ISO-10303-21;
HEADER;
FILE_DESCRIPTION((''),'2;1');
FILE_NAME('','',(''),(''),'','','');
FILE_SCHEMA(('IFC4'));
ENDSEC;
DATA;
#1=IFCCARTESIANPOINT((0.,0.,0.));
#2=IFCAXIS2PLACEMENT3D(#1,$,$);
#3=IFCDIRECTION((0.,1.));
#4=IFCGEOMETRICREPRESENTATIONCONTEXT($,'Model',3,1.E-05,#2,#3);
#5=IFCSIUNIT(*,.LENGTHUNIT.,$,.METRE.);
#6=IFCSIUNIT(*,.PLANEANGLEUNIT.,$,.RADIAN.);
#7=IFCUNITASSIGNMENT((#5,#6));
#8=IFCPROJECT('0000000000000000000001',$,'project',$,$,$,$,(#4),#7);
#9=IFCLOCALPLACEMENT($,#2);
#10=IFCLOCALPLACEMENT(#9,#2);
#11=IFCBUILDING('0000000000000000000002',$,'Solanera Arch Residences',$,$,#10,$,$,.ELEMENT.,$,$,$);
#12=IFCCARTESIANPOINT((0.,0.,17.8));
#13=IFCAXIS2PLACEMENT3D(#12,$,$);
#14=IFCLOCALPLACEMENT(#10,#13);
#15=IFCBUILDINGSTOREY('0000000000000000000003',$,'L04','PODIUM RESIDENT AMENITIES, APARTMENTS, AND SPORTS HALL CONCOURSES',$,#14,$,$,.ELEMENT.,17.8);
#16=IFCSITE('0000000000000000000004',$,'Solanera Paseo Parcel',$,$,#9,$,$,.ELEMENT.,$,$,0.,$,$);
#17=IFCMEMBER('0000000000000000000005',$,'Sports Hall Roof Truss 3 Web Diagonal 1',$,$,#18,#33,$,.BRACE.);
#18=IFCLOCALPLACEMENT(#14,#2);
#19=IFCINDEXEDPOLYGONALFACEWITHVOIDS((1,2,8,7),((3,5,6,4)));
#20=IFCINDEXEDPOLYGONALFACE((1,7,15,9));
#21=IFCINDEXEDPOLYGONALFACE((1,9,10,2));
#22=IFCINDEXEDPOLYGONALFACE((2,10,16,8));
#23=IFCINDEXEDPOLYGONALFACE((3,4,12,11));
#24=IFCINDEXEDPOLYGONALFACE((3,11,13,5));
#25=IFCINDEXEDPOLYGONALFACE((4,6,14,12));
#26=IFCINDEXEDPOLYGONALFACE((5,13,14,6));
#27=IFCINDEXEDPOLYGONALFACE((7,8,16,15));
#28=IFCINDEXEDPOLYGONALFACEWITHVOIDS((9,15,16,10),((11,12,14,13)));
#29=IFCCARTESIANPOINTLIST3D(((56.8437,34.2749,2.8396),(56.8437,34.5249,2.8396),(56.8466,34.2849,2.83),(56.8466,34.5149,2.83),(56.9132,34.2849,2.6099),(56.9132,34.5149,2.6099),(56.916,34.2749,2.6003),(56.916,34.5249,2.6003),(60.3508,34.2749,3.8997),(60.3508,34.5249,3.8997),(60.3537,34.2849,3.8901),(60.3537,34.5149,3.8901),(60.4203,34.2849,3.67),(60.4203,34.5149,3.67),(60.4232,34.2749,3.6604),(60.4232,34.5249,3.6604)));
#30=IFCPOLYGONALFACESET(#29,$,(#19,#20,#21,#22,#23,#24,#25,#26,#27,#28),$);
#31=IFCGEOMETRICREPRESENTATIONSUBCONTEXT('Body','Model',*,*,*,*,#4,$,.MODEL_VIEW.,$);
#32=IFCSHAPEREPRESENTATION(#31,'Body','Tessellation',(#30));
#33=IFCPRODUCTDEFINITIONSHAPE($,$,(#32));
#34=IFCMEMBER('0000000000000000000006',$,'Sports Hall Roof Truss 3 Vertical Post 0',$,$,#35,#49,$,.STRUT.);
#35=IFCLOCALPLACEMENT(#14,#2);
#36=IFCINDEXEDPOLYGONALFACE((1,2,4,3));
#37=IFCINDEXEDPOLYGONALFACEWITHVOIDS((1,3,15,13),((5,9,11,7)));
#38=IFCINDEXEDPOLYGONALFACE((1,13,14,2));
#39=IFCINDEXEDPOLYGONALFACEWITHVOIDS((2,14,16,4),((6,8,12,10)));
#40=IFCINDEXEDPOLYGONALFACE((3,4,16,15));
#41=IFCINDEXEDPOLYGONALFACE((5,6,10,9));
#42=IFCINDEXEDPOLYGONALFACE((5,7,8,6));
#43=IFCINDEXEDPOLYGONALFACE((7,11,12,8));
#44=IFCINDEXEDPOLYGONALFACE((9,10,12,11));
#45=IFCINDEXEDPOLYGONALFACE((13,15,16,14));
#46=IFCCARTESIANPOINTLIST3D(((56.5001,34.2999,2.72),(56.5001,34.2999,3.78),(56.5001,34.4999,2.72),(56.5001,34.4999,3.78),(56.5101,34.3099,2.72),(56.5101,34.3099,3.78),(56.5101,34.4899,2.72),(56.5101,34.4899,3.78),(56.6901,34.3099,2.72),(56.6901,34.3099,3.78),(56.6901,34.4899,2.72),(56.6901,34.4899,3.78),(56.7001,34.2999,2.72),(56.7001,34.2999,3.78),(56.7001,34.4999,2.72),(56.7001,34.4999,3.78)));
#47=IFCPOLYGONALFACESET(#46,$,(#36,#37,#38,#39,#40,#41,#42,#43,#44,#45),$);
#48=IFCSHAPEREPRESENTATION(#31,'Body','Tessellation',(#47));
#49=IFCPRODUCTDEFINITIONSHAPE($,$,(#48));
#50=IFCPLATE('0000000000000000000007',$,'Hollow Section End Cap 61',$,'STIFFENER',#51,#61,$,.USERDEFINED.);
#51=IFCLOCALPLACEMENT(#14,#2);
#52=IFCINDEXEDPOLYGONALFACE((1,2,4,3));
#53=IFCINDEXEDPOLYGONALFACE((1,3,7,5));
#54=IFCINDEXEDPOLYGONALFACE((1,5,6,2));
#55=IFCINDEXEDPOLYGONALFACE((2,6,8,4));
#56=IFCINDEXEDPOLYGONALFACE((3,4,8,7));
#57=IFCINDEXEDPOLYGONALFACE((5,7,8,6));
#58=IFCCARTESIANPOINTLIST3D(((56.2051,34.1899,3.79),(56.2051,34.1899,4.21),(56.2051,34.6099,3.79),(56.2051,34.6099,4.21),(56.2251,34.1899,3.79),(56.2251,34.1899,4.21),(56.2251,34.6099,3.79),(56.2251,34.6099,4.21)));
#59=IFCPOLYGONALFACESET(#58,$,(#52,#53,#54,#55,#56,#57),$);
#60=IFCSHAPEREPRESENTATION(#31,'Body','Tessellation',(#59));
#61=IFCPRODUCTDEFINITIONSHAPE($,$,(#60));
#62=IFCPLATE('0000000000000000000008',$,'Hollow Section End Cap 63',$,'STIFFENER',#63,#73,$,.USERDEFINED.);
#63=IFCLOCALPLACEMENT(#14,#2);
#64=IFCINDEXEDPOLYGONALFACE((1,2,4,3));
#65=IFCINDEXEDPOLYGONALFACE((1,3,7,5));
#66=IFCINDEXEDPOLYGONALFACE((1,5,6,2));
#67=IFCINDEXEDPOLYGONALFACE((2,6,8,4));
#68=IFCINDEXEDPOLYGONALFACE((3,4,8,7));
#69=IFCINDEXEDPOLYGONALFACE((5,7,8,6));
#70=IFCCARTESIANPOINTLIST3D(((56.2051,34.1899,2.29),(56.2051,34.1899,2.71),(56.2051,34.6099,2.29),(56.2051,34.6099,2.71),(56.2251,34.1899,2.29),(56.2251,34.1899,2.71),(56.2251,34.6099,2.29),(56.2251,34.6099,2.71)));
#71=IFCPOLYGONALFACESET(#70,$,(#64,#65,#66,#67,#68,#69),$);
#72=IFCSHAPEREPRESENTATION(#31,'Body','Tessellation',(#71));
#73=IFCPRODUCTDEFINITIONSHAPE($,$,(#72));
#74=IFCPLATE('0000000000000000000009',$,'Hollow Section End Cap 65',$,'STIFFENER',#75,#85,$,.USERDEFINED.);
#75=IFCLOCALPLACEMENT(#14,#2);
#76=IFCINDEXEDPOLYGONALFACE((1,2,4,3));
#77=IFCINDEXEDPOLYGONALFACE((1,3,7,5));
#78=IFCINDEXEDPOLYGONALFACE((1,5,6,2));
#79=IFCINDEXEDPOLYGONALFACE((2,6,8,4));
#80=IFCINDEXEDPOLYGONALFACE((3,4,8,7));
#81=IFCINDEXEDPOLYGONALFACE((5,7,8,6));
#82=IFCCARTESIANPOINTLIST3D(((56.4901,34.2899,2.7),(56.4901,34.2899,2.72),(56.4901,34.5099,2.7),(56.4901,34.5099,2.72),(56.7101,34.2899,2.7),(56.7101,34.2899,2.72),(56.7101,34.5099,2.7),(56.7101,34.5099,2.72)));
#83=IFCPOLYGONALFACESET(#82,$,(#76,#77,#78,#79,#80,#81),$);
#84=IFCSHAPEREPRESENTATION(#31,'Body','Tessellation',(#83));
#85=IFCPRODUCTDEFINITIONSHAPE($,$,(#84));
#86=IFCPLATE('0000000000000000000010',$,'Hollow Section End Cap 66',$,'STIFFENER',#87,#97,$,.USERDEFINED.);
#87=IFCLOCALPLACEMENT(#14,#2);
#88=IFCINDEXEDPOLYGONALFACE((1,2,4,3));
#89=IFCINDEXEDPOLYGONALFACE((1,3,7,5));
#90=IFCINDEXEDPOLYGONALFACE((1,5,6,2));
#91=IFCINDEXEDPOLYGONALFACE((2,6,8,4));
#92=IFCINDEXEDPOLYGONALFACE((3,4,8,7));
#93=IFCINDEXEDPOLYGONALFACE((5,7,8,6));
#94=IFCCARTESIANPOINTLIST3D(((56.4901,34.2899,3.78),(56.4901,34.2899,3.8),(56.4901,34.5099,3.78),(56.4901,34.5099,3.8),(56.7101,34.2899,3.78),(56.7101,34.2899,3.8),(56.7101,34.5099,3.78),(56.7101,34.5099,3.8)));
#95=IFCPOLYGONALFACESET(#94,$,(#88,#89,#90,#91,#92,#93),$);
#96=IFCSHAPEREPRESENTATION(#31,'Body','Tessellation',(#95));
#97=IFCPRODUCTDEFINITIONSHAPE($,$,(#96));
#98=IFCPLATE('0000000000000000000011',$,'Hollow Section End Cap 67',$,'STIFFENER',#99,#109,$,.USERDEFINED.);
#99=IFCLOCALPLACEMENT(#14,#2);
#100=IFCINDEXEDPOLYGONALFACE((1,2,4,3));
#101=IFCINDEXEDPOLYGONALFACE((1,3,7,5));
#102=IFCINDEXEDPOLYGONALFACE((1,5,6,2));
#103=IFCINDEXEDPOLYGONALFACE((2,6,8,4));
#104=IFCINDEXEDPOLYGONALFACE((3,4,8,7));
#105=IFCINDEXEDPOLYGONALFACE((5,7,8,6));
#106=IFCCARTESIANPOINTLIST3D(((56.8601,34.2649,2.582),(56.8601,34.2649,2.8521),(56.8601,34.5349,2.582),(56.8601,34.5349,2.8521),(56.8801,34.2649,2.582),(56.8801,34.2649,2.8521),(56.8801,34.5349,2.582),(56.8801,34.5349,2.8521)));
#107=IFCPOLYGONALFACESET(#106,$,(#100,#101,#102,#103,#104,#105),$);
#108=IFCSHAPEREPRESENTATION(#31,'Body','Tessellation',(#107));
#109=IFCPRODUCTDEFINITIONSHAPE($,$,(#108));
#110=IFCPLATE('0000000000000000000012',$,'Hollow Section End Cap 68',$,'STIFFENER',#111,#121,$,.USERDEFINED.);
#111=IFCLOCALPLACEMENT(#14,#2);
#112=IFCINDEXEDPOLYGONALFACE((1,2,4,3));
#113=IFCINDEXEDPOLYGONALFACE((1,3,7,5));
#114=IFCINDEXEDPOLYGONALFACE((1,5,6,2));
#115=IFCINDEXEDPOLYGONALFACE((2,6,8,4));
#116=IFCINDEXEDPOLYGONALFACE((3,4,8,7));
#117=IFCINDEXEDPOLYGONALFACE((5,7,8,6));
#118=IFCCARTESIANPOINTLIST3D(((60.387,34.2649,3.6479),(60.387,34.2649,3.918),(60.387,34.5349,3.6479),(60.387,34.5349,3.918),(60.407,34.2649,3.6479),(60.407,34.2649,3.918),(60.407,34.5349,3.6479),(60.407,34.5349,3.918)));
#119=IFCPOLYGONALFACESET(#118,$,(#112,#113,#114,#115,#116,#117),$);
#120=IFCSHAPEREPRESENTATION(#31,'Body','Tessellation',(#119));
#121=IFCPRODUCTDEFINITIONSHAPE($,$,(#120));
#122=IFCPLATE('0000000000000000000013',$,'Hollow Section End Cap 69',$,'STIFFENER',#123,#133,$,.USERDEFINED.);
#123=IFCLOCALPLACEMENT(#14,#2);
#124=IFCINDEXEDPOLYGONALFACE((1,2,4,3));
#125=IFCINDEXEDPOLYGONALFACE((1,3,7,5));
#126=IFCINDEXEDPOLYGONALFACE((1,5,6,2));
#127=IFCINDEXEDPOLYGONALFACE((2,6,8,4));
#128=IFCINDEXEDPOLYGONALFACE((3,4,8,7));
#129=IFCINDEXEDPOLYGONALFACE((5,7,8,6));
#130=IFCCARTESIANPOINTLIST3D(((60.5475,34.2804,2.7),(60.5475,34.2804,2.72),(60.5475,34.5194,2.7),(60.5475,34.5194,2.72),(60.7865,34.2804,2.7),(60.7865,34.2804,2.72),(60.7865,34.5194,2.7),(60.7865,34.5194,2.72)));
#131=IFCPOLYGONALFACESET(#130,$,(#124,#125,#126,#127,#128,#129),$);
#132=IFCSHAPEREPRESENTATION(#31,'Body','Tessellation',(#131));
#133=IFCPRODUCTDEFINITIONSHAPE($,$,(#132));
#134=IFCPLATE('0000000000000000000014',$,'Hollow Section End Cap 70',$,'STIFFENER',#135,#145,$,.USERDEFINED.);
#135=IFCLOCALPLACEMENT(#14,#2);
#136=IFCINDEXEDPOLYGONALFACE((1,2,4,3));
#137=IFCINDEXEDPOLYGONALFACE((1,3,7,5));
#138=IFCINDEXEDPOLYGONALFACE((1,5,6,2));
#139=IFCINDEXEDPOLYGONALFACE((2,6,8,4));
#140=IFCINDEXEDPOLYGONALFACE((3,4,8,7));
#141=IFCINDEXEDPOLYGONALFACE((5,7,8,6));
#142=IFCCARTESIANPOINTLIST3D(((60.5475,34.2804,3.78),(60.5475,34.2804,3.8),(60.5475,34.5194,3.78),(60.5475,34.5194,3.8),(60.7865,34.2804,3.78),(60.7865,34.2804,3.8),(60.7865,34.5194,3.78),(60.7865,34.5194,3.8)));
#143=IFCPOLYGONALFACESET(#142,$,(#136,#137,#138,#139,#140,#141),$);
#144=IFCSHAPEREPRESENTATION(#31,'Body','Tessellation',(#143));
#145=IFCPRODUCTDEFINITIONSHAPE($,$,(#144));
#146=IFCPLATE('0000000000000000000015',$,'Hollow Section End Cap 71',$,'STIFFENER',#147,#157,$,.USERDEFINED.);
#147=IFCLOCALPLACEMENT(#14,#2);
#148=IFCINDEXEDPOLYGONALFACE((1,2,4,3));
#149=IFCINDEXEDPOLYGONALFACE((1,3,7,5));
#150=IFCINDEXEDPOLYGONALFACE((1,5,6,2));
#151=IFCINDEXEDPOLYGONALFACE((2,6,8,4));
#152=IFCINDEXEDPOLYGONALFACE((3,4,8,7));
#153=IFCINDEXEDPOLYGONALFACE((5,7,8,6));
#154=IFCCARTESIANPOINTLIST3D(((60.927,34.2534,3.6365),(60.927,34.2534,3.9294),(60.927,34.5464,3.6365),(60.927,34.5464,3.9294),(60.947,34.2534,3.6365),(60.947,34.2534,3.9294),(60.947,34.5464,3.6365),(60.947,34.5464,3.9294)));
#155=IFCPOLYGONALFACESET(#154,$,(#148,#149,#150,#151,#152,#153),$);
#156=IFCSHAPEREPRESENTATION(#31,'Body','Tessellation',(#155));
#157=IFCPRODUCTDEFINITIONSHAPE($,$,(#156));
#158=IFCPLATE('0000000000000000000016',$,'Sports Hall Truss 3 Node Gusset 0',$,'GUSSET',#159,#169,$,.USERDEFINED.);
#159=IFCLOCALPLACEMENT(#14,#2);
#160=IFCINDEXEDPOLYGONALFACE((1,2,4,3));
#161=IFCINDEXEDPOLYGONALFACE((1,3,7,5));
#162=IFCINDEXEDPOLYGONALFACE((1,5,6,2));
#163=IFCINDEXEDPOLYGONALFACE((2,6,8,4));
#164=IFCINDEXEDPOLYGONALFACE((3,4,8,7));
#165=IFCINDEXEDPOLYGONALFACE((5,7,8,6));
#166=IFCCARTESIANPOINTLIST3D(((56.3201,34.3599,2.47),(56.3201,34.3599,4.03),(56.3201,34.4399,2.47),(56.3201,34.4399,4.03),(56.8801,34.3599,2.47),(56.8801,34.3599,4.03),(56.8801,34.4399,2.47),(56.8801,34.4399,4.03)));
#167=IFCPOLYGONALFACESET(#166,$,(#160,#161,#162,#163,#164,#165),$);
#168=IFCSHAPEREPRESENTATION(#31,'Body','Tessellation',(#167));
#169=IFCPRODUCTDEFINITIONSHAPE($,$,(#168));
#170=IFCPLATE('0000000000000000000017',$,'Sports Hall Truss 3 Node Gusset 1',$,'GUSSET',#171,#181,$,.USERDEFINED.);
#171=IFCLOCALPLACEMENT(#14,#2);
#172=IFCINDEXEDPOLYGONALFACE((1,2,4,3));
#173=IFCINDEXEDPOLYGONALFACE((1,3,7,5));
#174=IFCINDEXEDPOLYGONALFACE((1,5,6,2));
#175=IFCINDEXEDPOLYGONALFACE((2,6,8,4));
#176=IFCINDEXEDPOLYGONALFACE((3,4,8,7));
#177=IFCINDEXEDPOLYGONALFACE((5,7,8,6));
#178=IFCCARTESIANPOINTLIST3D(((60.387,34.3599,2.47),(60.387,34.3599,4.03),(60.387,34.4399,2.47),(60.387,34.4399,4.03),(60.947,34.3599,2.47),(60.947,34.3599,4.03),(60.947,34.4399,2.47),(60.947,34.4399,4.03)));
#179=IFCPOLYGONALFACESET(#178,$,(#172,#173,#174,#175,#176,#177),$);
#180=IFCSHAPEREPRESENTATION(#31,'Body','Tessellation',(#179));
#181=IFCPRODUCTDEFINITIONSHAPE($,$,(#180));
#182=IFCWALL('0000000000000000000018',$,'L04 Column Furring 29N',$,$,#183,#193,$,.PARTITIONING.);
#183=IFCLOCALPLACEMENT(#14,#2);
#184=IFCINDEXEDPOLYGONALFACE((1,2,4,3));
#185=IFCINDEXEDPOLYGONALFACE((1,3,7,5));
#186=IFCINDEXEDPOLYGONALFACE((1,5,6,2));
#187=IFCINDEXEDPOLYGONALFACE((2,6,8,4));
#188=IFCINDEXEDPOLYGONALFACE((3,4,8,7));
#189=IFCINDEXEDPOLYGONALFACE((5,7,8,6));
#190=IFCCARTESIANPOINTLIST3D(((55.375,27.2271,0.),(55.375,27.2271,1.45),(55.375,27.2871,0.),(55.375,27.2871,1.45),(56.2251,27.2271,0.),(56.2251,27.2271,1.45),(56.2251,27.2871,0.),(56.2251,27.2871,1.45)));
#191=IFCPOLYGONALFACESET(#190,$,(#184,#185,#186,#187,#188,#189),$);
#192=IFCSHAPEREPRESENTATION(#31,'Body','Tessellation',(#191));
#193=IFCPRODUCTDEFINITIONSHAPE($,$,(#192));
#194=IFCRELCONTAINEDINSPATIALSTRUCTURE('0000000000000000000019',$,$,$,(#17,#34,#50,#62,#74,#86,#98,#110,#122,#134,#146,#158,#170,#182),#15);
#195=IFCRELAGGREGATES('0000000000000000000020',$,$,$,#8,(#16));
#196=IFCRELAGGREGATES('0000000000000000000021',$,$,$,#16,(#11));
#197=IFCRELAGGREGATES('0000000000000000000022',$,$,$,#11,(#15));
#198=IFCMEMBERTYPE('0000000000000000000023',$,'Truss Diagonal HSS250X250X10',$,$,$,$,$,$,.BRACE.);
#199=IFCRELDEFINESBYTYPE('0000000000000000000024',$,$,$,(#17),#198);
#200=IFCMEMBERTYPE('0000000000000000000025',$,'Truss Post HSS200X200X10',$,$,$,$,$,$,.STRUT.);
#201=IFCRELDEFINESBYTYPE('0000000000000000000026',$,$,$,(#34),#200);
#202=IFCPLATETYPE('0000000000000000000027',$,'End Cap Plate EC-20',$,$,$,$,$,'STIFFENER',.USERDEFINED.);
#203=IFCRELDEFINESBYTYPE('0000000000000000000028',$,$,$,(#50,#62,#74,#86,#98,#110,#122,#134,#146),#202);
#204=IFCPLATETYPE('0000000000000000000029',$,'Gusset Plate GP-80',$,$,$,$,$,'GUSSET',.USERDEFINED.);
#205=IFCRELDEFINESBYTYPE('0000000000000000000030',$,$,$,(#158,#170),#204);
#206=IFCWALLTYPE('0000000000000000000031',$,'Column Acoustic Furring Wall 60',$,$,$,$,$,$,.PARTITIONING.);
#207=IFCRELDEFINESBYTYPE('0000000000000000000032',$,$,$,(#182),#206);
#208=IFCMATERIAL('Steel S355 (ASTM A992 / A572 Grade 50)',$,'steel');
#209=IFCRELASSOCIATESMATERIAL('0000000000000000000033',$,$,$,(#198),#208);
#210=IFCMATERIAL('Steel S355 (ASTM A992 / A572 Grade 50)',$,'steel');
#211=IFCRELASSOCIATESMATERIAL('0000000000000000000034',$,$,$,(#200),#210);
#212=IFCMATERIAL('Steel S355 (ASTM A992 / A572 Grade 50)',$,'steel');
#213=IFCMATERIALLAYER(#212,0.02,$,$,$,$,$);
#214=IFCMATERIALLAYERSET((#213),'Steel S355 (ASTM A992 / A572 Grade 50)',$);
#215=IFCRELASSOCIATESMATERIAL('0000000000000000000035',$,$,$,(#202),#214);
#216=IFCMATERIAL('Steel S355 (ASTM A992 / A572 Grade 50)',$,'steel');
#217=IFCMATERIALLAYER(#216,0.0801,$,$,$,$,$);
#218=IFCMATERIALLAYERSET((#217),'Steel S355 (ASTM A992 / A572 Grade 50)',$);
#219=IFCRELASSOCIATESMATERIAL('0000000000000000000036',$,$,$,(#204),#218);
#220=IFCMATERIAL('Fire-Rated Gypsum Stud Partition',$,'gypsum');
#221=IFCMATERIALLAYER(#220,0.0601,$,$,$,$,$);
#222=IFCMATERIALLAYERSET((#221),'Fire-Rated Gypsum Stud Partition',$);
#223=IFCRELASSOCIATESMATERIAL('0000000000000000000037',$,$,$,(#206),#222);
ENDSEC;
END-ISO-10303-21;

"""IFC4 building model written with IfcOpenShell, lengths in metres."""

from ifc_helpers import new_model, si_unit, direction, frame, frame_2d, origin, origin_2d, place, context, subcontext, project, spatial, rectangle, hollow_rectangle, extrude, material, layer, layer_set, material_profile, profile_set, type_object, element, save


model = new_model("IFC4")

# Units and contexts
model_context = context("Model", 3, precision=1e-05, world=origin(), true_north=direction((0.0, 1.0)))
body_context = subcontext(model_context, "Body", "Model", "MODEL_VIEW")
ifc_project = project(units=[si_unit("LENGTHUNIT", "METRE"), si_unit("PLANEANGLEUNIT", "RADIAN")], contexts=[model_context])

# Site, building, storey
site_placement = place(None, origin())
site = spatial("IfcSite", under=ifc_project, at=site_placement, Name="Solanera Paseo Parcel", CompositionType="ELEMENT", RefElevation=0.0)
building_placement = place(site_placement, origin())
building = spatial("IfcBuilding", under=site, at=building_placement, Name="Solanera Arch Residences", CompositionType="ELEMENT")
storey_placement = place(building_placement, frame((0.0, 0.0, 17.8)))
storey = spatial("IfcBuildingStorey", under=building, at=storey_placement, Name="L04", Description="PODIUM RESIDENT AMENITIES, APARTMENTS, AND SPORTS HALL CONCOURSES", CompositionType="ELEMENT", Elevation=17.8)

# Members
ifc_material_1 = material(Name="Steel S355 (ASTM A992 / A572 Grade 50)", Category="steel")
ifc_material_profile_1 = material_profile(ifc_material_1, hollow_rectangle(XDim=0.25, YDim=0.25, WallThickness=0.01, at=origin_2d()))
ifc_profile_set_1 = profile_set([ifc_material_profile_1], Name="Steel S355 (ASTM A992 / A572 Grade 50)")
member_type_1 = type_object("IfcMemberType", Name="Truss Diagonal HSS250X250X10", PredefinedType="BRACE", material=ifc_profile_set_1)
member_1_placement = place(storey_placement, frame((56.8799, 34.3999, 2.72), z_axis=(0.957228, 0.0, 0.289334), x_axis=(0.0, 1.0, 0.0)))
element("IfcMember", 1, at=member_1_placement, inside=storey, type_object=member_type_1, Name="Sports Hall Roof Truss 3 Web Diagonal 1", PredefinedType="BRACE", context=body_context, shape_type="SweptSolid", body=[
    extrude(hollow_rectangle(XDim=0.25, YDim=0.25, WallThickness=0.01, at=origin_2d()), origin(), (0.0, 0.0, 1.0), 3.6638),
])
ifc_material_2 = material(Name="Steel S355 (ASTM A992 / A572 Grade 50)", Category="steel")
ifc_material_profile_2 = material_profile(ifc_material_2, hollow_rectangle(XDim=0.2, YDim=0.2, WallThickness=0.01, at=origin_2d()))
ifc_profile_set_2 = profile_set([ifc_material_profile_2], Name="Steel S355 (ASTM A992 / A572 Grade 50)")
member_type_2 = type_object("IfcMemberType", Name="Truss Post HSS200X200X10", PredefinedType="STRUT", material=ifc_profile_set_2)
member_2_placement = place(storey_placement, frame((56.6001, 34.3999, 2.72), z_axis=(0.0, 0.0, 1.0), x_axis=(1.0, 0.0, 0.0)))
element("IfcMember", 2, at=member_2_placement, inside=storey, type_object=member_type_2, Name="Sports Hall Roof Truss 3 Vertical Post 0", PredefinedType="STRUT", context=body_context, shape_type="SweptSolid", body=[
    extrude(hollow_rectangle(XDim=0.2, YDim=0.2, WallThickness=0.01, at=origin_2d()), origin(), (0.0, 0.0, 1.0), 1.0601),
])

# Plates
ifc_material_3 = material(Name="Steel S355 (ASTM A992 / A572 Grade 50)", Category="steel")
ifc_layer_1 = layer(ifc_material_3, 0.02)
ifc_layer_set_1 = layer_set([ifc_layer_1], Name="Steel S355 (ASTM A992 / A572 Grade 50)")
plate_type_1 = type_object("IfcPlateType", Name="End Cap Plate EC-20", ElementType="STIFFENER", PredefinedType="USERDEFINED", material=ifc_layer_set_1)
for number, where, z_axis, x_axis, name in (
    (3, (56.2151, 34.3999, 3.79), (0.0, 0.0, 1.0), (-1.0, 0.0, 0.0), "Hollow Section End Cap 61"),
    (4, (56.2151, 34.3999, 2.29), (0.0, 0.0, 1.0), (-1.0, 0.0, 0.0), "Hollow Section End Cap 63"),
):
    element("IfcPlate", number, at=place(storey_placement, frame(where, z_axis=z_axis, x_axis=x_axis)), inside=storey, type_object=plate_type_1, Name=name, ObjectType="STIFFENER", PredefinedType="USERDEFINED", context=body_context, shape_type="SweptSolid", body=[
        extrude(rectangle(XDim=0.02, YDim=0.4199, at=origin_2d()), origin(), (0.0, 0.0, 1.0), 0.4199),
    ])
for number, where, z_axis, x_axis, name in (
    (5, (56.6001, 34.3999, 2.7), (0.0, 0.0, 1.0), (1.0, 0.0, 0.0), "Hollow Section End Cap 65"),
    (6, (56.6001, 34.3999, 3.78), (0.0, 0.0, 1.0), (1.0, 0.0, 0.0), "Hollow Section End Cap 66"),
):
    element("IfcPlate", number, at=place(storey_placement, frame(where, z_axis=z_axis, x_axis=x_axis)), inside=storey, type_object=plate_type_1, Name=name, ObjectType="STIFFENER", PredefinedType="USERDEFINED", context=body_context, shape_type="SweptSolid", body=[
        extrude(rectangle(XDim=0.22, YDim=0.22, at=origin_2d()), origin(), (0.0, 0.0, 1.0), 0.02),
    ])
for number, where, z_axis, x_axis, name in (
    (7, (56.8701, 34.3999, 2.582), (0.0, 0.0, 1.0), (-1.0, 0.0, 0.0), "Hollow Section End Cap 67"),
    (8, (60.397, 34.3999, 3.6479), (0.0, 0.0, 1.0), (1.0, 0.0, 0.0), "Hollow Section End Cap 68"),
):
    element("IfcPlate", number, at=place(storey_placement, frame(where, z_axis=z_axis, x_axis=x_axis)), inside=storey, type_object=plate_type_1, Name=name, ObjectType="STIFFENER", PredefinedType="USERDEFINED", context=body_context, shape_type="SweptSolid", body=[
        extrude(rectangle(XDim=0.02, YDim=0.27, at=origin_2d()), origin(), (0.0, 0.0, 1.0), 0.27),
    ])
for number, where, z_axis, x_axis, name in (
    (9, (60.667, 34.3999, 2.7), (0.0, 0.0, 1.0), (1.0, 0.0, 0.0), "Hollow Section End Cap 69"),
    (10, (60.667, 34.3999, 3.78), (0.0, 0.0, 1.0), (1.0, 0.0, 0.0), "Hollow Section End Cap 70"),
):
    element("IfcPlate", number, at=place(storey_placement, frame(where, z_axis=z_axis, x_axis=x_axis)), inside=storey, type_object=plate_type_1, Name=name, ObjectType="STIFFENER", PredefinedType="USERDEFINED", context=body_context, shape_type="SweptSolid", body=[
        extrude(rectangle(XDim=0.239, YDim=0.239, at=origin_2d()), origin(), (0.0, 0.0, 1.0), 0.02),
    ])
plate_placement = place(storey_placement, frame((60.937, 34.3999, 3.6365), z_axis=(0.0, 0.0, 1.0), x_axis=(-1.0, 0.0, 0.0)))
element("IfcPlate", 11, at=plate_placement, inside=storey, type_object=plate_type_1, Name="Hollow Section End Cap 71", ObjectType="STIFFENER", PredefinedType="USERDEFINED", context=body_context, shape_type="SweptSolid", body=[
    extrude(rectangle(XDim=0.02, YDim=0.293, at=origin_2d()), origin(), (0.0, 0.0, 1.0), 0.293),
])
ifc_material_4 = material(Name="Steel S355 (ASTM A992 / A572 Grade 50)", Category="steel")
ifc_layer_2 = layer(ifc_material_4, 0.0801)
ifc_layer_set_2 = layer_set([ifc_layer_2], Name="Steel S355 (ASTM A992 / A572 Grade 50)")
plate_type_2 = type_object("IfcPlateType", Name="Gusset Plate GP-80", ElementType="GUSSET", PredefinedType="USERDEFINED", material=ifc_layer_set_2)
for number, where, z_axis, x_axis, name in (
    (12, (56.6001, 34.3999, 2.47), (0.0, 0.0, 1.0), (1.0, 0.0, 0.0), "Sports Hall Truss 3 Node Gusset 0"),
    (13, (60.667, 34.3999, 2.47), (0.0, 0.0, 1.0), (1.0, 0.0, 0.0), "Sports Hall Truss 3 Node Gusset 1"),
):
    element("IfcPlate", number, at=place(storey_placement, frame(where, z_axis=z_axis, x_axis=x_axis)), inside=storey, type_object=plate_type_2, Name=name, ObjectType="GUSSET", PredefinedType="USERDEFINED", context=body_context, shape_type="SweptSolid", body=[
        extrude(rectangle(XDim=0.5601, YDim=0.0801, at=origin_2d()), origin(), (0.0, 0.0, 1.0), 1.5601),
    ])

# Wall
ifc_material_5 = material(Name="Fire-Rated Gypsum Stud Partition", Category="gypsum")
ifc_layer_3 = layer(ifc_material_5, 0.0601)
ifc_layer_set_3 = layer_set([ifc_layer_3], Name="Fire-Rated Gypsum Stud Partition")
wall_type = type_object("IfcWallType", Name="Column Acoustic Furring Wall 60", PredefinedType="PARTITIONING", material=ifc_layer_set_3)
for number, where, z_axis, x_axis, name in (
    (14, (55.375, 27.2571, 0.0), (0.0, 0.0, 1.0), (1.0, 0.0, 0.0), "L04 Column Furring 29N"),
):
    element("IfcWall", number, at=place(storey_placement, frame(where, z_axis=z_axis, x_axis=x_axis)), inside=storey, type_object=wall_type, Name=name, PredefinedType="PARTITIONING", context=body_context, shape_type="SweptSolid", body=[
        extrude(rectangle(XDim=0.8501, YDim=0.0601, at=frame_2d((0.425, 0.0))), origin(), (0.0, 0.0, 1.0), 1.45),
    ])

save(model, "model.ifc")
